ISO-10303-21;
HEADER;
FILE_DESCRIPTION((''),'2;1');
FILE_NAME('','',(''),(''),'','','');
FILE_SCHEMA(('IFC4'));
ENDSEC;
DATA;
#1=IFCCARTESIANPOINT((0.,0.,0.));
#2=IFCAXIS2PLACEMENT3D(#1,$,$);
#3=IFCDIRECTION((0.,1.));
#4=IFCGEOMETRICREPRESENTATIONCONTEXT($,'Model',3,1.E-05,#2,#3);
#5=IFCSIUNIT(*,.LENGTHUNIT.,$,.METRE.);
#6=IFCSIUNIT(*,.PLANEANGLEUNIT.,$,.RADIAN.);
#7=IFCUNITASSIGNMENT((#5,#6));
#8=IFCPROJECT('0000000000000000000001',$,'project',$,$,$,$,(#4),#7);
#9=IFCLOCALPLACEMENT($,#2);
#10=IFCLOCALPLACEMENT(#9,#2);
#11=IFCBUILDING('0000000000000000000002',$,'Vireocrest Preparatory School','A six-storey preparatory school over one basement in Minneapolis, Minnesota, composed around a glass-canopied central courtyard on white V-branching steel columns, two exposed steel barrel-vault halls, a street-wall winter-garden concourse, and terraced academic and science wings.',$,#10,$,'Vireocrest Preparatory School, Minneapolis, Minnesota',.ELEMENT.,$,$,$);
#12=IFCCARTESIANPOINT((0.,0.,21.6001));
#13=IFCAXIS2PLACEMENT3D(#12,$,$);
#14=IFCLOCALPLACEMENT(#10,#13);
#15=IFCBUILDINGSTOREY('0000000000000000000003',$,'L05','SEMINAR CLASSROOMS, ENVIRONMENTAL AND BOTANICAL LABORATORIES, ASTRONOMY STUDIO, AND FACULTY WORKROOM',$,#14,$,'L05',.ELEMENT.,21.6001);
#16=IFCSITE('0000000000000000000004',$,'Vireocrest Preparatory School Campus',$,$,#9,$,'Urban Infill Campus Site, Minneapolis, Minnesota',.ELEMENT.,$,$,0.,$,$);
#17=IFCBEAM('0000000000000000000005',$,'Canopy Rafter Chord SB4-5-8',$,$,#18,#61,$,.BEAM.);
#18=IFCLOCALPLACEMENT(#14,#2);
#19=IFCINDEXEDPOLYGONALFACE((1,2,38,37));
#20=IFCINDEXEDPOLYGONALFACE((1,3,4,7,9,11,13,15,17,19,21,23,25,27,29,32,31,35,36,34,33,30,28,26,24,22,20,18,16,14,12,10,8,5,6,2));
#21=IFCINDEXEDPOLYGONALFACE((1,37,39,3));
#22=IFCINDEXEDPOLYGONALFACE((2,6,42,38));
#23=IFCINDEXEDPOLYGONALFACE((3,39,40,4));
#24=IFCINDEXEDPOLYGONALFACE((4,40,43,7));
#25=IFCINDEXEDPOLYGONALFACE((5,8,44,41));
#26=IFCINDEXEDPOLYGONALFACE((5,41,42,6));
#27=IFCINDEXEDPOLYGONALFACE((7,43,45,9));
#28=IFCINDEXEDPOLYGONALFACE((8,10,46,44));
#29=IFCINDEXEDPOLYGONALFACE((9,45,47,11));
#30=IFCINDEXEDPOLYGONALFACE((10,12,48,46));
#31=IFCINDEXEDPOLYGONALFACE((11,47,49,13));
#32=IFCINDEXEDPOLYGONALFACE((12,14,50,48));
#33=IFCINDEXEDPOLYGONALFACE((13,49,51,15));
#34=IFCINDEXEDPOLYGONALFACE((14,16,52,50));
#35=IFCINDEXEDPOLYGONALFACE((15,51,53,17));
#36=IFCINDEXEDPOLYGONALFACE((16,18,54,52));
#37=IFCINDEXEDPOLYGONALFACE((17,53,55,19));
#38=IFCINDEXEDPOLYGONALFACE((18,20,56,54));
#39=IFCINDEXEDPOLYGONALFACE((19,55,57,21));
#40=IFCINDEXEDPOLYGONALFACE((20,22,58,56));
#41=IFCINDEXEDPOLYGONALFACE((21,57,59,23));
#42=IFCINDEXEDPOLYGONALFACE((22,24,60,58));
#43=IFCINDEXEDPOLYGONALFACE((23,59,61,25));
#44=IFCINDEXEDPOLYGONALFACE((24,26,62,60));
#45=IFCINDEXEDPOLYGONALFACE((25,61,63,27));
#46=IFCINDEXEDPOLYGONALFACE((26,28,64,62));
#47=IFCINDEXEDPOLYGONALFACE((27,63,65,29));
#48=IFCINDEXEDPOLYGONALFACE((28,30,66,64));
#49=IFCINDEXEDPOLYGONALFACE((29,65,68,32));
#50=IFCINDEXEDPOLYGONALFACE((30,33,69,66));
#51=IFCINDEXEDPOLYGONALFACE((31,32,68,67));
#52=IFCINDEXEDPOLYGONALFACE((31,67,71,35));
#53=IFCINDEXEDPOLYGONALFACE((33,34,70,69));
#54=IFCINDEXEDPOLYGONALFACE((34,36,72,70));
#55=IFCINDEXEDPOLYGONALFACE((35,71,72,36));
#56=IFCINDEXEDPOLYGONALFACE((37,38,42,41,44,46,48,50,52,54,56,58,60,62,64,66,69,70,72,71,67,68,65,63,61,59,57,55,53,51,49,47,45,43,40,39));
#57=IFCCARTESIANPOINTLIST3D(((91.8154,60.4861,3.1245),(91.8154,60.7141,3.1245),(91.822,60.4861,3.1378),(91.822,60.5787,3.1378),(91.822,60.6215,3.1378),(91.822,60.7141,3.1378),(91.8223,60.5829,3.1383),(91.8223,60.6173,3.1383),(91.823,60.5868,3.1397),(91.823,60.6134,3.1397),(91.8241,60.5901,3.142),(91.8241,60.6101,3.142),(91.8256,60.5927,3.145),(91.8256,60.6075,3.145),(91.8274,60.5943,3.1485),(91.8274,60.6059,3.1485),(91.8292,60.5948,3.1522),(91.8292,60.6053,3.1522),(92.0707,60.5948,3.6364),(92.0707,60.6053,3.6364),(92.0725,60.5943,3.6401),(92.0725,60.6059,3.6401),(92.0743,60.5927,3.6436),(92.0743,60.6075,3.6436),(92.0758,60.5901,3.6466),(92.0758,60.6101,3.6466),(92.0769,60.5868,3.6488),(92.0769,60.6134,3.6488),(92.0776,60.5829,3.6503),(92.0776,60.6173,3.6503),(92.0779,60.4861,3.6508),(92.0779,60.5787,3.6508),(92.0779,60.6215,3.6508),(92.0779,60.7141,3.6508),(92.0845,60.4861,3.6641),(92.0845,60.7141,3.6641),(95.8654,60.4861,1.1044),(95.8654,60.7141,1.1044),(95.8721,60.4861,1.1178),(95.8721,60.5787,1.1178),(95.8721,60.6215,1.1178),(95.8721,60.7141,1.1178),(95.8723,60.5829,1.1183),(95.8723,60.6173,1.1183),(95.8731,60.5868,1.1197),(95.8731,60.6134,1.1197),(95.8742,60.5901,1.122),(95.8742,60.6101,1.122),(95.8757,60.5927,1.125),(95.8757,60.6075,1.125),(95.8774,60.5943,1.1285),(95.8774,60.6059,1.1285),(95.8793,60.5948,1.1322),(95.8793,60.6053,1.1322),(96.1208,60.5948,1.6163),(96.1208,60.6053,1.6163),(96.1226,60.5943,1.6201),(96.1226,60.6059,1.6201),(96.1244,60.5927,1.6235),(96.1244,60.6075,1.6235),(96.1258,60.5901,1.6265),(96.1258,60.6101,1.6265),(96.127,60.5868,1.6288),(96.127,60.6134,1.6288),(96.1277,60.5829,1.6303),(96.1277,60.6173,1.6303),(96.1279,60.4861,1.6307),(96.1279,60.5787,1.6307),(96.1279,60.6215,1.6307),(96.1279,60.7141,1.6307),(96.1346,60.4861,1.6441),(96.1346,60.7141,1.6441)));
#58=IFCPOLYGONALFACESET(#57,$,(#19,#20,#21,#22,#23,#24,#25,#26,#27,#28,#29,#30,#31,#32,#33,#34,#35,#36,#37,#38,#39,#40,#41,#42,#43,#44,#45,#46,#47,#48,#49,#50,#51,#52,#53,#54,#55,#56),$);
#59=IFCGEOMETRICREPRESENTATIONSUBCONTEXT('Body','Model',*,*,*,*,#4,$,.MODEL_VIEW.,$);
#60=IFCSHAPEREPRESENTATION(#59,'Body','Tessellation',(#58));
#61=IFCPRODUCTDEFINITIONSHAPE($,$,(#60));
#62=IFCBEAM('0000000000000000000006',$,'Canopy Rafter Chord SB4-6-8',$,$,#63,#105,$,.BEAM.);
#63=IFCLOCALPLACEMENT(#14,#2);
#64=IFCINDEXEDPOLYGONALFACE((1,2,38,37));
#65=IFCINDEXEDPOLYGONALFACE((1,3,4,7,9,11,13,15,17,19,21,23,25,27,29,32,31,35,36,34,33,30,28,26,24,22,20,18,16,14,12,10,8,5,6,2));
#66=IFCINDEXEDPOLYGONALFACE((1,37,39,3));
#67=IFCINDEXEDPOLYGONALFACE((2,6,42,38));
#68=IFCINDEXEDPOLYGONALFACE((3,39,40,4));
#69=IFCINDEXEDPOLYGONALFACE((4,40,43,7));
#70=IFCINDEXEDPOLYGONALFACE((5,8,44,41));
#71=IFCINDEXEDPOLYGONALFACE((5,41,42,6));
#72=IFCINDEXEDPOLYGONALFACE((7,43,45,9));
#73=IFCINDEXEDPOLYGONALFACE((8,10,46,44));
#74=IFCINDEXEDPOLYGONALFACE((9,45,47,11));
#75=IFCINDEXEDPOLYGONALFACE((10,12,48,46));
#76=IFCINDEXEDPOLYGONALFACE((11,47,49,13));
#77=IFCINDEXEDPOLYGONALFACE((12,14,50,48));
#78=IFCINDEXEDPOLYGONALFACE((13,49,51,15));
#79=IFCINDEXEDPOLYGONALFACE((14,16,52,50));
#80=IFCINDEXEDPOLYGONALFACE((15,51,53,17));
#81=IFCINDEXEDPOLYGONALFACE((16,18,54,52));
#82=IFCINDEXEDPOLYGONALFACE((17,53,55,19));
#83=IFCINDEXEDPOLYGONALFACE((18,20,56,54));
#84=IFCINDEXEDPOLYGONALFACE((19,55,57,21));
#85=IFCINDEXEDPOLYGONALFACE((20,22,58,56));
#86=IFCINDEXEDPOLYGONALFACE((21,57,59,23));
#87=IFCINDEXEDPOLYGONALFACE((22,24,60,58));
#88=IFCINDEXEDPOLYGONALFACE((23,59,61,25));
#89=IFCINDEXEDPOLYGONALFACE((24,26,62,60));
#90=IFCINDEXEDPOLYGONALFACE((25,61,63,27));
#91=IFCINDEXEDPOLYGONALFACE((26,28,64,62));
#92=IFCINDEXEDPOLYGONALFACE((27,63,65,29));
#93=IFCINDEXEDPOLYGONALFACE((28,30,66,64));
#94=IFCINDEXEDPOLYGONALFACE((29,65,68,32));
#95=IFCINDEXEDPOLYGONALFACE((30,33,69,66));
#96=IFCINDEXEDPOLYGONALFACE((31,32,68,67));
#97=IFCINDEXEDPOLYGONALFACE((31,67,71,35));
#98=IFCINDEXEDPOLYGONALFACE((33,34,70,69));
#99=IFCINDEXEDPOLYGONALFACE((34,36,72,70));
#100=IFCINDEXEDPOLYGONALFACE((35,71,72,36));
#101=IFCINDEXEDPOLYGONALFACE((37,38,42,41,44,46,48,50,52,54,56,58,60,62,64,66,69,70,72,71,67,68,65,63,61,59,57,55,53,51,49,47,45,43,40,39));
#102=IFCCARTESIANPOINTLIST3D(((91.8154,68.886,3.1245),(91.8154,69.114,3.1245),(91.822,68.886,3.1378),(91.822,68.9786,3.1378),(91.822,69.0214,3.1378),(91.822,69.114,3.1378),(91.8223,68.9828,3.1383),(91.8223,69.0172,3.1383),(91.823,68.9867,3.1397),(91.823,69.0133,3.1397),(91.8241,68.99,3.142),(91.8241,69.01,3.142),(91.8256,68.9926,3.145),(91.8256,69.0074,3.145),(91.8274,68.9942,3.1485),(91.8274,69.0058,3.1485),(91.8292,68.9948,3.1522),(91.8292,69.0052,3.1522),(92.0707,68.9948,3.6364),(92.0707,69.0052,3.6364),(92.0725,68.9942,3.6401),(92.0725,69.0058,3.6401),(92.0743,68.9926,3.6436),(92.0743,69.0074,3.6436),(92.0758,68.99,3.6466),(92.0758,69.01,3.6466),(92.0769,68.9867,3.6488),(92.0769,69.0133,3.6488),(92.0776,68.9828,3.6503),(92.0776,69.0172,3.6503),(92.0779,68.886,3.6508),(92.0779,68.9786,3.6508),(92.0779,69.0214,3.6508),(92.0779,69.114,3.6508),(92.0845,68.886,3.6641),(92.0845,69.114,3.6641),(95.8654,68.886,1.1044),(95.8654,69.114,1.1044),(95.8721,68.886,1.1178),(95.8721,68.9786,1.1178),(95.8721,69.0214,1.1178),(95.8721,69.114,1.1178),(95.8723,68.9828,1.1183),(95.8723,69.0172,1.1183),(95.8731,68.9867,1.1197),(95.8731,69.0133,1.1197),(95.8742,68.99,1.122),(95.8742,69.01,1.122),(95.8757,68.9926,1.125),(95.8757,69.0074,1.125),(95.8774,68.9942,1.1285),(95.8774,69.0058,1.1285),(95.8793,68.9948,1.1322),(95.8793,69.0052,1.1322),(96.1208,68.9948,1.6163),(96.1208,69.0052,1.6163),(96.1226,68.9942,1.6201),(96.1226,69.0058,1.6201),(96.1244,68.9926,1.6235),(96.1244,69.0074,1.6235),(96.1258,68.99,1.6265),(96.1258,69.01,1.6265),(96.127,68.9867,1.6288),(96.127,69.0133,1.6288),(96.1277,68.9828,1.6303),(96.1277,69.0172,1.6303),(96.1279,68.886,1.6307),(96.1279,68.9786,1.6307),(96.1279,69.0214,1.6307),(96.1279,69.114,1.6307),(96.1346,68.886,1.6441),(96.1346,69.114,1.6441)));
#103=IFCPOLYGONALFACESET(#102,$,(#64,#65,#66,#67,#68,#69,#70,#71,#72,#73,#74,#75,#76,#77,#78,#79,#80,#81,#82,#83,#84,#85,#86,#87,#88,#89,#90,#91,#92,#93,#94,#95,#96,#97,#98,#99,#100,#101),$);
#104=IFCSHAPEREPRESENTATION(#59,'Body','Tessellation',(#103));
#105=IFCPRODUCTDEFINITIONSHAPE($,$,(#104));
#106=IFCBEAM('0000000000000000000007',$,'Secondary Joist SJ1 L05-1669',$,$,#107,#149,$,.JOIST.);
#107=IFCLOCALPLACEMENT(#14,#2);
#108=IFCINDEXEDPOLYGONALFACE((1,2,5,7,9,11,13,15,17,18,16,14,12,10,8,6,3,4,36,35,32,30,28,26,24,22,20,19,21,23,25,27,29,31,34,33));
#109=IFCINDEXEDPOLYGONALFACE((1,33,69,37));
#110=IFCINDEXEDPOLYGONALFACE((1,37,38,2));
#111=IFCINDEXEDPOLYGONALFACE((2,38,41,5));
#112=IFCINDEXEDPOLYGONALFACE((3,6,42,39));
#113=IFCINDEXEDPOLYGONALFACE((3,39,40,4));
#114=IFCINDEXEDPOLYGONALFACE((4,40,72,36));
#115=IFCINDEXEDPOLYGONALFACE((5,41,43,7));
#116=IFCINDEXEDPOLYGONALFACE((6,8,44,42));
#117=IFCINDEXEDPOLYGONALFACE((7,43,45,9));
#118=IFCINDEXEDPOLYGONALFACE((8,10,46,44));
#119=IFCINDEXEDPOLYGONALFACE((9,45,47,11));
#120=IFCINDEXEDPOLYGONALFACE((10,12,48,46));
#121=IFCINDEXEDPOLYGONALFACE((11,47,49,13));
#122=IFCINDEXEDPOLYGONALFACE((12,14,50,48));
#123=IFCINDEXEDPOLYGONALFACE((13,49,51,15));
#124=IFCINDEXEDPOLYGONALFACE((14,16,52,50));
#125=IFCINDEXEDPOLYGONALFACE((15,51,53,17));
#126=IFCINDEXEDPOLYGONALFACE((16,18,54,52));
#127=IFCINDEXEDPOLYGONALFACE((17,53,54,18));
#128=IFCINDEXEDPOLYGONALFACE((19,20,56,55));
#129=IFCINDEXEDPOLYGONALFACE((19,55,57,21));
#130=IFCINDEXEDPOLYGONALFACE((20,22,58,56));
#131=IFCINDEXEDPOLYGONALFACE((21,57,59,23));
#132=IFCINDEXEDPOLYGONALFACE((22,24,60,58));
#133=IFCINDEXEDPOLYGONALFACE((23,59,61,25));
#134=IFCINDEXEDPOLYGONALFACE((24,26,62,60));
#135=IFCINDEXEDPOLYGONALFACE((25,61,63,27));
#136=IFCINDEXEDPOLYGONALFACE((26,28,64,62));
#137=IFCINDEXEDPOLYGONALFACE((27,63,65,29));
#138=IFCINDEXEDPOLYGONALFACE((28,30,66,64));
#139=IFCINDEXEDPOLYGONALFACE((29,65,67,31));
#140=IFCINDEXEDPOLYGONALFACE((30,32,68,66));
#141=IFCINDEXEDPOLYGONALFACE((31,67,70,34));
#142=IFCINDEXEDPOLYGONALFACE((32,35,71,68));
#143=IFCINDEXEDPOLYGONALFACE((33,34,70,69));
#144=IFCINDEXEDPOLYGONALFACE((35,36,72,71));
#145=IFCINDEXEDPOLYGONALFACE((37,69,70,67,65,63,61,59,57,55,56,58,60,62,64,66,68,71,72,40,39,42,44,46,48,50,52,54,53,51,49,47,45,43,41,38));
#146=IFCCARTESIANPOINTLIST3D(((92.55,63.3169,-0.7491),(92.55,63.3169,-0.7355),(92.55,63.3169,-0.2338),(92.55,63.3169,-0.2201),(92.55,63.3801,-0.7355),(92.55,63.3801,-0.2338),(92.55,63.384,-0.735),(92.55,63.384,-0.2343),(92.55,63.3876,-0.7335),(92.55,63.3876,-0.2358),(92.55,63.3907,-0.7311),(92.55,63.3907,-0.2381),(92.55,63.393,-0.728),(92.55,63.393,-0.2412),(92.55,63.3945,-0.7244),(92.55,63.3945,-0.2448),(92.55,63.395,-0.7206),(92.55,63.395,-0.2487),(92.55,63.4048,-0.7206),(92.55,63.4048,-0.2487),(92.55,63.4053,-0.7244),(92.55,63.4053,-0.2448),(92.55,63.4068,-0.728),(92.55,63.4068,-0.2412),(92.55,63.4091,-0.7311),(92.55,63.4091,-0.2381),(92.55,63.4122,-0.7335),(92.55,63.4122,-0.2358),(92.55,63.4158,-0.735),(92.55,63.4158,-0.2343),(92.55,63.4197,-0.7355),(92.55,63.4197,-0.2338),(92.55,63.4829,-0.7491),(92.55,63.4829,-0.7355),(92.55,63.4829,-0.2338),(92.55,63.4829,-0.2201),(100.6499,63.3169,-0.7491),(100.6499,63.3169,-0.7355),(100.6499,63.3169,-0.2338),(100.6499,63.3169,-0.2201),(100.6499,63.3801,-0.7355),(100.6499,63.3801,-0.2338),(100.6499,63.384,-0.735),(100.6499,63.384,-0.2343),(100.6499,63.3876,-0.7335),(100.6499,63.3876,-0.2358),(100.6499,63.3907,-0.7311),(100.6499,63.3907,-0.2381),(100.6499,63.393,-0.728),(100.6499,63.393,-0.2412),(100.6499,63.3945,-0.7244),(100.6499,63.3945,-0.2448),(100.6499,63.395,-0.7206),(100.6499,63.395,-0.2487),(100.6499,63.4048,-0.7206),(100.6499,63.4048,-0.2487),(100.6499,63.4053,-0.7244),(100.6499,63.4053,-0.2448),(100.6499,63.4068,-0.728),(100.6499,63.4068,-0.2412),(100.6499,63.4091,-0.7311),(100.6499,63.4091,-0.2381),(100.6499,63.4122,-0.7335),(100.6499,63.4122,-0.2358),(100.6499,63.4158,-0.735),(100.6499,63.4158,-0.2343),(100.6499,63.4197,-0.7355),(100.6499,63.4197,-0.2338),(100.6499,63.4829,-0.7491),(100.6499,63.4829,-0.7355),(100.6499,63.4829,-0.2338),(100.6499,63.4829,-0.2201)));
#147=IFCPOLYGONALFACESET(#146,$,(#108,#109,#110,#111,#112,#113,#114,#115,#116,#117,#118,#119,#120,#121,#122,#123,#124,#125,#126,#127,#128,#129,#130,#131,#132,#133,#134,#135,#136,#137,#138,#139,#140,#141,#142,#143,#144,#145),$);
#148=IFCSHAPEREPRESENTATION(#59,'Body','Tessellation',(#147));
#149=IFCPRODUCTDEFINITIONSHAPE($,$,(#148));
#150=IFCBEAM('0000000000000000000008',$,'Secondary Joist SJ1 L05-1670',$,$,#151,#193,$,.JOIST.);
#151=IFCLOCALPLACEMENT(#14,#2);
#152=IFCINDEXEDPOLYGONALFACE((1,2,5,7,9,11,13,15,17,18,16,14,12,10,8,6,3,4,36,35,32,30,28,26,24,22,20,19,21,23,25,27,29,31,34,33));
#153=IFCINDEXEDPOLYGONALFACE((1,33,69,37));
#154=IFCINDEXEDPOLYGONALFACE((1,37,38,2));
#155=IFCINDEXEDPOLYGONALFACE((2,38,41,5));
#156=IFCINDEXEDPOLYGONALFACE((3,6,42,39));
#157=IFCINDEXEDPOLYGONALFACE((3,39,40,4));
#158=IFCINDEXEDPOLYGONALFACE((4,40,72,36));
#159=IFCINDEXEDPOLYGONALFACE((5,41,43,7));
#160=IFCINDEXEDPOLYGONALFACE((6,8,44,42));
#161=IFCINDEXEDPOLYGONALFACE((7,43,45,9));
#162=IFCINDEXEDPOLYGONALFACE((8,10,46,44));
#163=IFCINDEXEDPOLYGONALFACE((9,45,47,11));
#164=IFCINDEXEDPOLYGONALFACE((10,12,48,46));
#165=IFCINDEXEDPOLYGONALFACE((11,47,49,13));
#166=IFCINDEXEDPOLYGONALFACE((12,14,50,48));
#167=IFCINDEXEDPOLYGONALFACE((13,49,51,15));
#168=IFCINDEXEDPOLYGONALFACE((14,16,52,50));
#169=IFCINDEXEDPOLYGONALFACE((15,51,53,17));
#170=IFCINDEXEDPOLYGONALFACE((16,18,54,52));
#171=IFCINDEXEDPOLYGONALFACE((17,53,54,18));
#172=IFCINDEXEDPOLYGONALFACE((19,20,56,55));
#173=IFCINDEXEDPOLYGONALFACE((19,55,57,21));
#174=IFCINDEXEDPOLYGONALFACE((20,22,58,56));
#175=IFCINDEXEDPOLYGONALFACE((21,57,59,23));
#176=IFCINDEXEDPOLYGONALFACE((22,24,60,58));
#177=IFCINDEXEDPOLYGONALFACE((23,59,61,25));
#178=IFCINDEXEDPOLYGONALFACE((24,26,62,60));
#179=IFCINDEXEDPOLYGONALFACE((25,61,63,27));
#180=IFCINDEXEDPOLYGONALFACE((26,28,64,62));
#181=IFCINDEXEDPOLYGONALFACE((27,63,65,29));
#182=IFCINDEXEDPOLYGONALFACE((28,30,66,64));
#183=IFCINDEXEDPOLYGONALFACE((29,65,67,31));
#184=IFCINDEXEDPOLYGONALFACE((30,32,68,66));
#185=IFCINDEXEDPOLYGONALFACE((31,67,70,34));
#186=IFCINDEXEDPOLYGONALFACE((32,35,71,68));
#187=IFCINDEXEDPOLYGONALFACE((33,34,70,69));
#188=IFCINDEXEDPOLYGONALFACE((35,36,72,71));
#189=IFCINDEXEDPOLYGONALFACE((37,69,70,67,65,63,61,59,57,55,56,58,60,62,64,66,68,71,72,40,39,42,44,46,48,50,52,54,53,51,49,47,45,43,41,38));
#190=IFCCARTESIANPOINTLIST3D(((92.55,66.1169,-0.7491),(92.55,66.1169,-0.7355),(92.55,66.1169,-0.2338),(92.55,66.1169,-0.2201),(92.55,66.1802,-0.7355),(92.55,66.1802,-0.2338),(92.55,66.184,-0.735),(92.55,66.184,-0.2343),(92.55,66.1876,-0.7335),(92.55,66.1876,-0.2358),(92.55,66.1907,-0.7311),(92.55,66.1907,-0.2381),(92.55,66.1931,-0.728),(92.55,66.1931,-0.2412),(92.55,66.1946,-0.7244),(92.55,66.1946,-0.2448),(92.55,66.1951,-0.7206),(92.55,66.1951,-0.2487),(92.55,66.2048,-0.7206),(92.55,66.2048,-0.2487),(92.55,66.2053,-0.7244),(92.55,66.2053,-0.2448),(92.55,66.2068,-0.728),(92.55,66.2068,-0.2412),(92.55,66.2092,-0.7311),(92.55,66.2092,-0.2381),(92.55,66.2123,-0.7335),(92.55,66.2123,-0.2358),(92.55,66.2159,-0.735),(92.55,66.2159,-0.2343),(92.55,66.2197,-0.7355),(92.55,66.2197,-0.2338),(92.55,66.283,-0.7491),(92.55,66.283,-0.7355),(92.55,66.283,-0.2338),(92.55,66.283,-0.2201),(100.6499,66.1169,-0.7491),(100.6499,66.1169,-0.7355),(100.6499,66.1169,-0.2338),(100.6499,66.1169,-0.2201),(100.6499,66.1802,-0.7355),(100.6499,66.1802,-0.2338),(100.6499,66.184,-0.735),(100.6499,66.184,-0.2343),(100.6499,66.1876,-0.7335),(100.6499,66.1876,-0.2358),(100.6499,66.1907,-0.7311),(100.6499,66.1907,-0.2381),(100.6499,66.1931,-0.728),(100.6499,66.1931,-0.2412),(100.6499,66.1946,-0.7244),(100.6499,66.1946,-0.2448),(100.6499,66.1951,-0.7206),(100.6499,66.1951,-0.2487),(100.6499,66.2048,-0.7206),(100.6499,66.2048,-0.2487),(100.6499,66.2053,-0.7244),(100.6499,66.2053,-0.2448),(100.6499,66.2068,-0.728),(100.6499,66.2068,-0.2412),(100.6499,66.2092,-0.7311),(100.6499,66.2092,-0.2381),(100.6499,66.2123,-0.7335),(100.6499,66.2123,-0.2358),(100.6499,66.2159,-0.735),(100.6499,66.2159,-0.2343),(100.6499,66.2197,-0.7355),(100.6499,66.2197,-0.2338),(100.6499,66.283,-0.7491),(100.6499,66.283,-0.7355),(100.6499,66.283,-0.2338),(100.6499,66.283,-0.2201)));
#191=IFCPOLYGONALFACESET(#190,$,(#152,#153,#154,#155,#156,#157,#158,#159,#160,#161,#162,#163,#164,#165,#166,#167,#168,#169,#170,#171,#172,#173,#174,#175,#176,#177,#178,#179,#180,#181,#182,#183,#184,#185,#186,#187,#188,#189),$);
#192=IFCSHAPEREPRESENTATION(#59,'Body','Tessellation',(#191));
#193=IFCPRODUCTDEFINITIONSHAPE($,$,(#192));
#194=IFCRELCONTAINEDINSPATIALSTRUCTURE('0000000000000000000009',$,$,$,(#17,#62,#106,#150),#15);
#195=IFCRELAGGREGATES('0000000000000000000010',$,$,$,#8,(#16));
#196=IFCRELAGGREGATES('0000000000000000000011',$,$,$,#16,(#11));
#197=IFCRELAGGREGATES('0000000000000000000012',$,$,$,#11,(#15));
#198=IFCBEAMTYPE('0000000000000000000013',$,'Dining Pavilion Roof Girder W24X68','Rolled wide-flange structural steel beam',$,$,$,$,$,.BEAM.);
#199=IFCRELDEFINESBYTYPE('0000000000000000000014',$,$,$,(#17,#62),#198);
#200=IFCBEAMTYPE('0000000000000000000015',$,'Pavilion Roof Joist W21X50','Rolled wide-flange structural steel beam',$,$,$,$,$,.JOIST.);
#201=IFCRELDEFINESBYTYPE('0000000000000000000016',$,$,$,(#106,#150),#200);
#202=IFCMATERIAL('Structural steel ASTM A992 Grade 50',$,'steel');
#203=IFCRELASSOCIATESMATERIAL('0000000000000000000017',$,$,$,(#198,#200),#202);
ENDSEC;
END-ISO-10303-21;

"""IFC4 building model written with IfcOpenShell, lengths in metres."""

from ifc_helpers import new_model, si_unit, direction, frame, origin, origin_2d, place, context, subcontext, project, spatial, i_section, extrude, material, material_profile, profile_set, type_object, element, save


model = new_model("IFC4")

# Units and contexts
model_context = context("Model", 3, precision=1e-05, world=origin(), true_north=direction((0.0, 1.0)))
body_context = subcontext(model_context, "Body", "Model", "MODEL_VIEW")
ifc_project = project(units=[si_unit("LENGTHUNIT", "METRE"), si_unit("PLANEANGLEUNIT", "RADIAN")], contexts=[model_context])

# Site, building, storey
site_placement = place(None, origin())
site = spatial("IfcSite", under=ifc_project, at=site_placement, Name="Vireocrest Preparatory School Campus", LongName="Urban Infill Campus Site, Minneapolis, Minnesota", CompositionType="ELEMENT", RefElevation=0.0)
building_placement = place(site_placement, origin())
building = spatial("IfcBuilding", under=site, at=building_placement, Name="Vireocrest Preparatory School", Description="A six-storey preparatory school over one basement in Minneapolis, Minnesota, composed around a glass-canopied central courtyard on white V-branching steel columns, two exposed steel barrel-vault halls, a street-wall winter-garden concourse, and terraced academic and science wings.", LongName="Vireocrest Preparatory School, Minneapolis, Minnesota", CompositionType="ELEMENT")
storey_placement = place(building_placement, frame((0.0, 0.0, 21.6001)))
storey = spatial("IfcBuildingStorey", under=building, at=storey_placement, Name="L05", Description="SEMINAR CLASSROOMS, ENVIRONMENTAL AND BOTANICAL LABORATORIES, ASTRONOMY STUDIO, AND FACULTY WORKROOM", LongName="L05", CompositionType="ELEMENT", Elevation=21.6001)

# Shared definitions
ifc_material_1 = material(Name="Structural steel ASTM A992 Grade 50", Category="steel")

# Beams
ifc_material_profile_1 = material_profile(ifc_material_1, i_section(OverallWidth=0.228, OverallDepth=0.603, WebThickness=0.0105, FlangeThickness=0.0149, FilletRadius=0.0161, at=origin_2d()), Name="W24X68")
ifc_profile_set_1 = profile_set([ifc_material_profile_1], Name="Structural steel ASTM A992 Grade 50")
beam_type_1 = type_object("IfcBeamType", Name="Dining Pavilion Roof Girder W24X68", Description="Rolled wide-flange structural steel beam", PredefinedType="BEAM", material=ifc_profile_set_1)
for number, where, z_axis, x_axis, name in (
    (1, (91.95, 60.6001, 3.3943), (0.894869, 0.0, -0.446329), (0.0, 1.0, 0.0), "Canopy Rafter Chord SB4-5-8"),
    (2, (91.95, 69.0, 3.3943), (0.894869, 0.0, -0.446329), (0.0, 1.0, 0.0), "Canopy Rafter Chord SB4-6-8"),
):
    element("IfcBeam", number, at=place(storey_placement, frame(where, z_axis=z_axis, x_axis=x_axis)), inside=storey, type_object=beam_type_1, Name=name, PredefinedType="BEAM", context=body_context, shape_type="SweptSolid", body=[
        extrude(i_section(OverallWidth=0.228, OverallDepth=0.603, WebThickness=0.0105, FlangeThickness=0.0149, FilletRadius=0.0161, at=origin_2d()), origin(), (0.0, 0.0, 1.0), 4.5259),
    ])
ifc_material_profile_2 = material_profile(ifc_material_1, i_section(OverallWidth=0.166, OverallDepth=0.5291, WebThickness=0.0098, FlangeThickness=0.0137, FilletRadius=0.0149, at=origin_2d()), Name="W21X50")
ifc_profile_set_2 = profile_set([ifc_material_profile_2], Name="Structural steel ASTM A992 Grade 50")
beam_type_2 = type_object("IfcBeamType", Name="Pavilion Roof Joist W21X50", Description="Rolled wide-flange structural steel beam", PredefinedType="JOIST", material=ifc_profile_set_2)
for number, where, z_axis, x_axis, name in (
    (3, (92.55, 63.3999, -0.4846), (1.0, 0.0, 0.0), (0.0, 1.0, 0.0), "Secondary Joist SJ1 L05-1669"),
    (4, (92.55, 66.2, -0.4846), (1.0, 0.0, 0.0), (0.0, 1.0, 0.0), "Secondary Joist SJ1 L05-1670"),
):
    element("IfcBeam", number, at=place(storey_placement, frame(where, z_axis=z_axis, x_axis=x_axis)), inside=storey, type_object=beam_type_2, Name=name, PredefinedType="JOIST", context=body_context, shape_type="SweptSolid", body=[
        extrude(i_section(OverallWidth=0.166, OverallDepth=0.5291, WebThickness=0.0098, FlangeThickness=0.0137, FilletRadius=0.0149, at=origin_2d()), origin(), (0.0, 0.0, 1.0), 8.0999),
    ])

save(model, "model.ifc")
